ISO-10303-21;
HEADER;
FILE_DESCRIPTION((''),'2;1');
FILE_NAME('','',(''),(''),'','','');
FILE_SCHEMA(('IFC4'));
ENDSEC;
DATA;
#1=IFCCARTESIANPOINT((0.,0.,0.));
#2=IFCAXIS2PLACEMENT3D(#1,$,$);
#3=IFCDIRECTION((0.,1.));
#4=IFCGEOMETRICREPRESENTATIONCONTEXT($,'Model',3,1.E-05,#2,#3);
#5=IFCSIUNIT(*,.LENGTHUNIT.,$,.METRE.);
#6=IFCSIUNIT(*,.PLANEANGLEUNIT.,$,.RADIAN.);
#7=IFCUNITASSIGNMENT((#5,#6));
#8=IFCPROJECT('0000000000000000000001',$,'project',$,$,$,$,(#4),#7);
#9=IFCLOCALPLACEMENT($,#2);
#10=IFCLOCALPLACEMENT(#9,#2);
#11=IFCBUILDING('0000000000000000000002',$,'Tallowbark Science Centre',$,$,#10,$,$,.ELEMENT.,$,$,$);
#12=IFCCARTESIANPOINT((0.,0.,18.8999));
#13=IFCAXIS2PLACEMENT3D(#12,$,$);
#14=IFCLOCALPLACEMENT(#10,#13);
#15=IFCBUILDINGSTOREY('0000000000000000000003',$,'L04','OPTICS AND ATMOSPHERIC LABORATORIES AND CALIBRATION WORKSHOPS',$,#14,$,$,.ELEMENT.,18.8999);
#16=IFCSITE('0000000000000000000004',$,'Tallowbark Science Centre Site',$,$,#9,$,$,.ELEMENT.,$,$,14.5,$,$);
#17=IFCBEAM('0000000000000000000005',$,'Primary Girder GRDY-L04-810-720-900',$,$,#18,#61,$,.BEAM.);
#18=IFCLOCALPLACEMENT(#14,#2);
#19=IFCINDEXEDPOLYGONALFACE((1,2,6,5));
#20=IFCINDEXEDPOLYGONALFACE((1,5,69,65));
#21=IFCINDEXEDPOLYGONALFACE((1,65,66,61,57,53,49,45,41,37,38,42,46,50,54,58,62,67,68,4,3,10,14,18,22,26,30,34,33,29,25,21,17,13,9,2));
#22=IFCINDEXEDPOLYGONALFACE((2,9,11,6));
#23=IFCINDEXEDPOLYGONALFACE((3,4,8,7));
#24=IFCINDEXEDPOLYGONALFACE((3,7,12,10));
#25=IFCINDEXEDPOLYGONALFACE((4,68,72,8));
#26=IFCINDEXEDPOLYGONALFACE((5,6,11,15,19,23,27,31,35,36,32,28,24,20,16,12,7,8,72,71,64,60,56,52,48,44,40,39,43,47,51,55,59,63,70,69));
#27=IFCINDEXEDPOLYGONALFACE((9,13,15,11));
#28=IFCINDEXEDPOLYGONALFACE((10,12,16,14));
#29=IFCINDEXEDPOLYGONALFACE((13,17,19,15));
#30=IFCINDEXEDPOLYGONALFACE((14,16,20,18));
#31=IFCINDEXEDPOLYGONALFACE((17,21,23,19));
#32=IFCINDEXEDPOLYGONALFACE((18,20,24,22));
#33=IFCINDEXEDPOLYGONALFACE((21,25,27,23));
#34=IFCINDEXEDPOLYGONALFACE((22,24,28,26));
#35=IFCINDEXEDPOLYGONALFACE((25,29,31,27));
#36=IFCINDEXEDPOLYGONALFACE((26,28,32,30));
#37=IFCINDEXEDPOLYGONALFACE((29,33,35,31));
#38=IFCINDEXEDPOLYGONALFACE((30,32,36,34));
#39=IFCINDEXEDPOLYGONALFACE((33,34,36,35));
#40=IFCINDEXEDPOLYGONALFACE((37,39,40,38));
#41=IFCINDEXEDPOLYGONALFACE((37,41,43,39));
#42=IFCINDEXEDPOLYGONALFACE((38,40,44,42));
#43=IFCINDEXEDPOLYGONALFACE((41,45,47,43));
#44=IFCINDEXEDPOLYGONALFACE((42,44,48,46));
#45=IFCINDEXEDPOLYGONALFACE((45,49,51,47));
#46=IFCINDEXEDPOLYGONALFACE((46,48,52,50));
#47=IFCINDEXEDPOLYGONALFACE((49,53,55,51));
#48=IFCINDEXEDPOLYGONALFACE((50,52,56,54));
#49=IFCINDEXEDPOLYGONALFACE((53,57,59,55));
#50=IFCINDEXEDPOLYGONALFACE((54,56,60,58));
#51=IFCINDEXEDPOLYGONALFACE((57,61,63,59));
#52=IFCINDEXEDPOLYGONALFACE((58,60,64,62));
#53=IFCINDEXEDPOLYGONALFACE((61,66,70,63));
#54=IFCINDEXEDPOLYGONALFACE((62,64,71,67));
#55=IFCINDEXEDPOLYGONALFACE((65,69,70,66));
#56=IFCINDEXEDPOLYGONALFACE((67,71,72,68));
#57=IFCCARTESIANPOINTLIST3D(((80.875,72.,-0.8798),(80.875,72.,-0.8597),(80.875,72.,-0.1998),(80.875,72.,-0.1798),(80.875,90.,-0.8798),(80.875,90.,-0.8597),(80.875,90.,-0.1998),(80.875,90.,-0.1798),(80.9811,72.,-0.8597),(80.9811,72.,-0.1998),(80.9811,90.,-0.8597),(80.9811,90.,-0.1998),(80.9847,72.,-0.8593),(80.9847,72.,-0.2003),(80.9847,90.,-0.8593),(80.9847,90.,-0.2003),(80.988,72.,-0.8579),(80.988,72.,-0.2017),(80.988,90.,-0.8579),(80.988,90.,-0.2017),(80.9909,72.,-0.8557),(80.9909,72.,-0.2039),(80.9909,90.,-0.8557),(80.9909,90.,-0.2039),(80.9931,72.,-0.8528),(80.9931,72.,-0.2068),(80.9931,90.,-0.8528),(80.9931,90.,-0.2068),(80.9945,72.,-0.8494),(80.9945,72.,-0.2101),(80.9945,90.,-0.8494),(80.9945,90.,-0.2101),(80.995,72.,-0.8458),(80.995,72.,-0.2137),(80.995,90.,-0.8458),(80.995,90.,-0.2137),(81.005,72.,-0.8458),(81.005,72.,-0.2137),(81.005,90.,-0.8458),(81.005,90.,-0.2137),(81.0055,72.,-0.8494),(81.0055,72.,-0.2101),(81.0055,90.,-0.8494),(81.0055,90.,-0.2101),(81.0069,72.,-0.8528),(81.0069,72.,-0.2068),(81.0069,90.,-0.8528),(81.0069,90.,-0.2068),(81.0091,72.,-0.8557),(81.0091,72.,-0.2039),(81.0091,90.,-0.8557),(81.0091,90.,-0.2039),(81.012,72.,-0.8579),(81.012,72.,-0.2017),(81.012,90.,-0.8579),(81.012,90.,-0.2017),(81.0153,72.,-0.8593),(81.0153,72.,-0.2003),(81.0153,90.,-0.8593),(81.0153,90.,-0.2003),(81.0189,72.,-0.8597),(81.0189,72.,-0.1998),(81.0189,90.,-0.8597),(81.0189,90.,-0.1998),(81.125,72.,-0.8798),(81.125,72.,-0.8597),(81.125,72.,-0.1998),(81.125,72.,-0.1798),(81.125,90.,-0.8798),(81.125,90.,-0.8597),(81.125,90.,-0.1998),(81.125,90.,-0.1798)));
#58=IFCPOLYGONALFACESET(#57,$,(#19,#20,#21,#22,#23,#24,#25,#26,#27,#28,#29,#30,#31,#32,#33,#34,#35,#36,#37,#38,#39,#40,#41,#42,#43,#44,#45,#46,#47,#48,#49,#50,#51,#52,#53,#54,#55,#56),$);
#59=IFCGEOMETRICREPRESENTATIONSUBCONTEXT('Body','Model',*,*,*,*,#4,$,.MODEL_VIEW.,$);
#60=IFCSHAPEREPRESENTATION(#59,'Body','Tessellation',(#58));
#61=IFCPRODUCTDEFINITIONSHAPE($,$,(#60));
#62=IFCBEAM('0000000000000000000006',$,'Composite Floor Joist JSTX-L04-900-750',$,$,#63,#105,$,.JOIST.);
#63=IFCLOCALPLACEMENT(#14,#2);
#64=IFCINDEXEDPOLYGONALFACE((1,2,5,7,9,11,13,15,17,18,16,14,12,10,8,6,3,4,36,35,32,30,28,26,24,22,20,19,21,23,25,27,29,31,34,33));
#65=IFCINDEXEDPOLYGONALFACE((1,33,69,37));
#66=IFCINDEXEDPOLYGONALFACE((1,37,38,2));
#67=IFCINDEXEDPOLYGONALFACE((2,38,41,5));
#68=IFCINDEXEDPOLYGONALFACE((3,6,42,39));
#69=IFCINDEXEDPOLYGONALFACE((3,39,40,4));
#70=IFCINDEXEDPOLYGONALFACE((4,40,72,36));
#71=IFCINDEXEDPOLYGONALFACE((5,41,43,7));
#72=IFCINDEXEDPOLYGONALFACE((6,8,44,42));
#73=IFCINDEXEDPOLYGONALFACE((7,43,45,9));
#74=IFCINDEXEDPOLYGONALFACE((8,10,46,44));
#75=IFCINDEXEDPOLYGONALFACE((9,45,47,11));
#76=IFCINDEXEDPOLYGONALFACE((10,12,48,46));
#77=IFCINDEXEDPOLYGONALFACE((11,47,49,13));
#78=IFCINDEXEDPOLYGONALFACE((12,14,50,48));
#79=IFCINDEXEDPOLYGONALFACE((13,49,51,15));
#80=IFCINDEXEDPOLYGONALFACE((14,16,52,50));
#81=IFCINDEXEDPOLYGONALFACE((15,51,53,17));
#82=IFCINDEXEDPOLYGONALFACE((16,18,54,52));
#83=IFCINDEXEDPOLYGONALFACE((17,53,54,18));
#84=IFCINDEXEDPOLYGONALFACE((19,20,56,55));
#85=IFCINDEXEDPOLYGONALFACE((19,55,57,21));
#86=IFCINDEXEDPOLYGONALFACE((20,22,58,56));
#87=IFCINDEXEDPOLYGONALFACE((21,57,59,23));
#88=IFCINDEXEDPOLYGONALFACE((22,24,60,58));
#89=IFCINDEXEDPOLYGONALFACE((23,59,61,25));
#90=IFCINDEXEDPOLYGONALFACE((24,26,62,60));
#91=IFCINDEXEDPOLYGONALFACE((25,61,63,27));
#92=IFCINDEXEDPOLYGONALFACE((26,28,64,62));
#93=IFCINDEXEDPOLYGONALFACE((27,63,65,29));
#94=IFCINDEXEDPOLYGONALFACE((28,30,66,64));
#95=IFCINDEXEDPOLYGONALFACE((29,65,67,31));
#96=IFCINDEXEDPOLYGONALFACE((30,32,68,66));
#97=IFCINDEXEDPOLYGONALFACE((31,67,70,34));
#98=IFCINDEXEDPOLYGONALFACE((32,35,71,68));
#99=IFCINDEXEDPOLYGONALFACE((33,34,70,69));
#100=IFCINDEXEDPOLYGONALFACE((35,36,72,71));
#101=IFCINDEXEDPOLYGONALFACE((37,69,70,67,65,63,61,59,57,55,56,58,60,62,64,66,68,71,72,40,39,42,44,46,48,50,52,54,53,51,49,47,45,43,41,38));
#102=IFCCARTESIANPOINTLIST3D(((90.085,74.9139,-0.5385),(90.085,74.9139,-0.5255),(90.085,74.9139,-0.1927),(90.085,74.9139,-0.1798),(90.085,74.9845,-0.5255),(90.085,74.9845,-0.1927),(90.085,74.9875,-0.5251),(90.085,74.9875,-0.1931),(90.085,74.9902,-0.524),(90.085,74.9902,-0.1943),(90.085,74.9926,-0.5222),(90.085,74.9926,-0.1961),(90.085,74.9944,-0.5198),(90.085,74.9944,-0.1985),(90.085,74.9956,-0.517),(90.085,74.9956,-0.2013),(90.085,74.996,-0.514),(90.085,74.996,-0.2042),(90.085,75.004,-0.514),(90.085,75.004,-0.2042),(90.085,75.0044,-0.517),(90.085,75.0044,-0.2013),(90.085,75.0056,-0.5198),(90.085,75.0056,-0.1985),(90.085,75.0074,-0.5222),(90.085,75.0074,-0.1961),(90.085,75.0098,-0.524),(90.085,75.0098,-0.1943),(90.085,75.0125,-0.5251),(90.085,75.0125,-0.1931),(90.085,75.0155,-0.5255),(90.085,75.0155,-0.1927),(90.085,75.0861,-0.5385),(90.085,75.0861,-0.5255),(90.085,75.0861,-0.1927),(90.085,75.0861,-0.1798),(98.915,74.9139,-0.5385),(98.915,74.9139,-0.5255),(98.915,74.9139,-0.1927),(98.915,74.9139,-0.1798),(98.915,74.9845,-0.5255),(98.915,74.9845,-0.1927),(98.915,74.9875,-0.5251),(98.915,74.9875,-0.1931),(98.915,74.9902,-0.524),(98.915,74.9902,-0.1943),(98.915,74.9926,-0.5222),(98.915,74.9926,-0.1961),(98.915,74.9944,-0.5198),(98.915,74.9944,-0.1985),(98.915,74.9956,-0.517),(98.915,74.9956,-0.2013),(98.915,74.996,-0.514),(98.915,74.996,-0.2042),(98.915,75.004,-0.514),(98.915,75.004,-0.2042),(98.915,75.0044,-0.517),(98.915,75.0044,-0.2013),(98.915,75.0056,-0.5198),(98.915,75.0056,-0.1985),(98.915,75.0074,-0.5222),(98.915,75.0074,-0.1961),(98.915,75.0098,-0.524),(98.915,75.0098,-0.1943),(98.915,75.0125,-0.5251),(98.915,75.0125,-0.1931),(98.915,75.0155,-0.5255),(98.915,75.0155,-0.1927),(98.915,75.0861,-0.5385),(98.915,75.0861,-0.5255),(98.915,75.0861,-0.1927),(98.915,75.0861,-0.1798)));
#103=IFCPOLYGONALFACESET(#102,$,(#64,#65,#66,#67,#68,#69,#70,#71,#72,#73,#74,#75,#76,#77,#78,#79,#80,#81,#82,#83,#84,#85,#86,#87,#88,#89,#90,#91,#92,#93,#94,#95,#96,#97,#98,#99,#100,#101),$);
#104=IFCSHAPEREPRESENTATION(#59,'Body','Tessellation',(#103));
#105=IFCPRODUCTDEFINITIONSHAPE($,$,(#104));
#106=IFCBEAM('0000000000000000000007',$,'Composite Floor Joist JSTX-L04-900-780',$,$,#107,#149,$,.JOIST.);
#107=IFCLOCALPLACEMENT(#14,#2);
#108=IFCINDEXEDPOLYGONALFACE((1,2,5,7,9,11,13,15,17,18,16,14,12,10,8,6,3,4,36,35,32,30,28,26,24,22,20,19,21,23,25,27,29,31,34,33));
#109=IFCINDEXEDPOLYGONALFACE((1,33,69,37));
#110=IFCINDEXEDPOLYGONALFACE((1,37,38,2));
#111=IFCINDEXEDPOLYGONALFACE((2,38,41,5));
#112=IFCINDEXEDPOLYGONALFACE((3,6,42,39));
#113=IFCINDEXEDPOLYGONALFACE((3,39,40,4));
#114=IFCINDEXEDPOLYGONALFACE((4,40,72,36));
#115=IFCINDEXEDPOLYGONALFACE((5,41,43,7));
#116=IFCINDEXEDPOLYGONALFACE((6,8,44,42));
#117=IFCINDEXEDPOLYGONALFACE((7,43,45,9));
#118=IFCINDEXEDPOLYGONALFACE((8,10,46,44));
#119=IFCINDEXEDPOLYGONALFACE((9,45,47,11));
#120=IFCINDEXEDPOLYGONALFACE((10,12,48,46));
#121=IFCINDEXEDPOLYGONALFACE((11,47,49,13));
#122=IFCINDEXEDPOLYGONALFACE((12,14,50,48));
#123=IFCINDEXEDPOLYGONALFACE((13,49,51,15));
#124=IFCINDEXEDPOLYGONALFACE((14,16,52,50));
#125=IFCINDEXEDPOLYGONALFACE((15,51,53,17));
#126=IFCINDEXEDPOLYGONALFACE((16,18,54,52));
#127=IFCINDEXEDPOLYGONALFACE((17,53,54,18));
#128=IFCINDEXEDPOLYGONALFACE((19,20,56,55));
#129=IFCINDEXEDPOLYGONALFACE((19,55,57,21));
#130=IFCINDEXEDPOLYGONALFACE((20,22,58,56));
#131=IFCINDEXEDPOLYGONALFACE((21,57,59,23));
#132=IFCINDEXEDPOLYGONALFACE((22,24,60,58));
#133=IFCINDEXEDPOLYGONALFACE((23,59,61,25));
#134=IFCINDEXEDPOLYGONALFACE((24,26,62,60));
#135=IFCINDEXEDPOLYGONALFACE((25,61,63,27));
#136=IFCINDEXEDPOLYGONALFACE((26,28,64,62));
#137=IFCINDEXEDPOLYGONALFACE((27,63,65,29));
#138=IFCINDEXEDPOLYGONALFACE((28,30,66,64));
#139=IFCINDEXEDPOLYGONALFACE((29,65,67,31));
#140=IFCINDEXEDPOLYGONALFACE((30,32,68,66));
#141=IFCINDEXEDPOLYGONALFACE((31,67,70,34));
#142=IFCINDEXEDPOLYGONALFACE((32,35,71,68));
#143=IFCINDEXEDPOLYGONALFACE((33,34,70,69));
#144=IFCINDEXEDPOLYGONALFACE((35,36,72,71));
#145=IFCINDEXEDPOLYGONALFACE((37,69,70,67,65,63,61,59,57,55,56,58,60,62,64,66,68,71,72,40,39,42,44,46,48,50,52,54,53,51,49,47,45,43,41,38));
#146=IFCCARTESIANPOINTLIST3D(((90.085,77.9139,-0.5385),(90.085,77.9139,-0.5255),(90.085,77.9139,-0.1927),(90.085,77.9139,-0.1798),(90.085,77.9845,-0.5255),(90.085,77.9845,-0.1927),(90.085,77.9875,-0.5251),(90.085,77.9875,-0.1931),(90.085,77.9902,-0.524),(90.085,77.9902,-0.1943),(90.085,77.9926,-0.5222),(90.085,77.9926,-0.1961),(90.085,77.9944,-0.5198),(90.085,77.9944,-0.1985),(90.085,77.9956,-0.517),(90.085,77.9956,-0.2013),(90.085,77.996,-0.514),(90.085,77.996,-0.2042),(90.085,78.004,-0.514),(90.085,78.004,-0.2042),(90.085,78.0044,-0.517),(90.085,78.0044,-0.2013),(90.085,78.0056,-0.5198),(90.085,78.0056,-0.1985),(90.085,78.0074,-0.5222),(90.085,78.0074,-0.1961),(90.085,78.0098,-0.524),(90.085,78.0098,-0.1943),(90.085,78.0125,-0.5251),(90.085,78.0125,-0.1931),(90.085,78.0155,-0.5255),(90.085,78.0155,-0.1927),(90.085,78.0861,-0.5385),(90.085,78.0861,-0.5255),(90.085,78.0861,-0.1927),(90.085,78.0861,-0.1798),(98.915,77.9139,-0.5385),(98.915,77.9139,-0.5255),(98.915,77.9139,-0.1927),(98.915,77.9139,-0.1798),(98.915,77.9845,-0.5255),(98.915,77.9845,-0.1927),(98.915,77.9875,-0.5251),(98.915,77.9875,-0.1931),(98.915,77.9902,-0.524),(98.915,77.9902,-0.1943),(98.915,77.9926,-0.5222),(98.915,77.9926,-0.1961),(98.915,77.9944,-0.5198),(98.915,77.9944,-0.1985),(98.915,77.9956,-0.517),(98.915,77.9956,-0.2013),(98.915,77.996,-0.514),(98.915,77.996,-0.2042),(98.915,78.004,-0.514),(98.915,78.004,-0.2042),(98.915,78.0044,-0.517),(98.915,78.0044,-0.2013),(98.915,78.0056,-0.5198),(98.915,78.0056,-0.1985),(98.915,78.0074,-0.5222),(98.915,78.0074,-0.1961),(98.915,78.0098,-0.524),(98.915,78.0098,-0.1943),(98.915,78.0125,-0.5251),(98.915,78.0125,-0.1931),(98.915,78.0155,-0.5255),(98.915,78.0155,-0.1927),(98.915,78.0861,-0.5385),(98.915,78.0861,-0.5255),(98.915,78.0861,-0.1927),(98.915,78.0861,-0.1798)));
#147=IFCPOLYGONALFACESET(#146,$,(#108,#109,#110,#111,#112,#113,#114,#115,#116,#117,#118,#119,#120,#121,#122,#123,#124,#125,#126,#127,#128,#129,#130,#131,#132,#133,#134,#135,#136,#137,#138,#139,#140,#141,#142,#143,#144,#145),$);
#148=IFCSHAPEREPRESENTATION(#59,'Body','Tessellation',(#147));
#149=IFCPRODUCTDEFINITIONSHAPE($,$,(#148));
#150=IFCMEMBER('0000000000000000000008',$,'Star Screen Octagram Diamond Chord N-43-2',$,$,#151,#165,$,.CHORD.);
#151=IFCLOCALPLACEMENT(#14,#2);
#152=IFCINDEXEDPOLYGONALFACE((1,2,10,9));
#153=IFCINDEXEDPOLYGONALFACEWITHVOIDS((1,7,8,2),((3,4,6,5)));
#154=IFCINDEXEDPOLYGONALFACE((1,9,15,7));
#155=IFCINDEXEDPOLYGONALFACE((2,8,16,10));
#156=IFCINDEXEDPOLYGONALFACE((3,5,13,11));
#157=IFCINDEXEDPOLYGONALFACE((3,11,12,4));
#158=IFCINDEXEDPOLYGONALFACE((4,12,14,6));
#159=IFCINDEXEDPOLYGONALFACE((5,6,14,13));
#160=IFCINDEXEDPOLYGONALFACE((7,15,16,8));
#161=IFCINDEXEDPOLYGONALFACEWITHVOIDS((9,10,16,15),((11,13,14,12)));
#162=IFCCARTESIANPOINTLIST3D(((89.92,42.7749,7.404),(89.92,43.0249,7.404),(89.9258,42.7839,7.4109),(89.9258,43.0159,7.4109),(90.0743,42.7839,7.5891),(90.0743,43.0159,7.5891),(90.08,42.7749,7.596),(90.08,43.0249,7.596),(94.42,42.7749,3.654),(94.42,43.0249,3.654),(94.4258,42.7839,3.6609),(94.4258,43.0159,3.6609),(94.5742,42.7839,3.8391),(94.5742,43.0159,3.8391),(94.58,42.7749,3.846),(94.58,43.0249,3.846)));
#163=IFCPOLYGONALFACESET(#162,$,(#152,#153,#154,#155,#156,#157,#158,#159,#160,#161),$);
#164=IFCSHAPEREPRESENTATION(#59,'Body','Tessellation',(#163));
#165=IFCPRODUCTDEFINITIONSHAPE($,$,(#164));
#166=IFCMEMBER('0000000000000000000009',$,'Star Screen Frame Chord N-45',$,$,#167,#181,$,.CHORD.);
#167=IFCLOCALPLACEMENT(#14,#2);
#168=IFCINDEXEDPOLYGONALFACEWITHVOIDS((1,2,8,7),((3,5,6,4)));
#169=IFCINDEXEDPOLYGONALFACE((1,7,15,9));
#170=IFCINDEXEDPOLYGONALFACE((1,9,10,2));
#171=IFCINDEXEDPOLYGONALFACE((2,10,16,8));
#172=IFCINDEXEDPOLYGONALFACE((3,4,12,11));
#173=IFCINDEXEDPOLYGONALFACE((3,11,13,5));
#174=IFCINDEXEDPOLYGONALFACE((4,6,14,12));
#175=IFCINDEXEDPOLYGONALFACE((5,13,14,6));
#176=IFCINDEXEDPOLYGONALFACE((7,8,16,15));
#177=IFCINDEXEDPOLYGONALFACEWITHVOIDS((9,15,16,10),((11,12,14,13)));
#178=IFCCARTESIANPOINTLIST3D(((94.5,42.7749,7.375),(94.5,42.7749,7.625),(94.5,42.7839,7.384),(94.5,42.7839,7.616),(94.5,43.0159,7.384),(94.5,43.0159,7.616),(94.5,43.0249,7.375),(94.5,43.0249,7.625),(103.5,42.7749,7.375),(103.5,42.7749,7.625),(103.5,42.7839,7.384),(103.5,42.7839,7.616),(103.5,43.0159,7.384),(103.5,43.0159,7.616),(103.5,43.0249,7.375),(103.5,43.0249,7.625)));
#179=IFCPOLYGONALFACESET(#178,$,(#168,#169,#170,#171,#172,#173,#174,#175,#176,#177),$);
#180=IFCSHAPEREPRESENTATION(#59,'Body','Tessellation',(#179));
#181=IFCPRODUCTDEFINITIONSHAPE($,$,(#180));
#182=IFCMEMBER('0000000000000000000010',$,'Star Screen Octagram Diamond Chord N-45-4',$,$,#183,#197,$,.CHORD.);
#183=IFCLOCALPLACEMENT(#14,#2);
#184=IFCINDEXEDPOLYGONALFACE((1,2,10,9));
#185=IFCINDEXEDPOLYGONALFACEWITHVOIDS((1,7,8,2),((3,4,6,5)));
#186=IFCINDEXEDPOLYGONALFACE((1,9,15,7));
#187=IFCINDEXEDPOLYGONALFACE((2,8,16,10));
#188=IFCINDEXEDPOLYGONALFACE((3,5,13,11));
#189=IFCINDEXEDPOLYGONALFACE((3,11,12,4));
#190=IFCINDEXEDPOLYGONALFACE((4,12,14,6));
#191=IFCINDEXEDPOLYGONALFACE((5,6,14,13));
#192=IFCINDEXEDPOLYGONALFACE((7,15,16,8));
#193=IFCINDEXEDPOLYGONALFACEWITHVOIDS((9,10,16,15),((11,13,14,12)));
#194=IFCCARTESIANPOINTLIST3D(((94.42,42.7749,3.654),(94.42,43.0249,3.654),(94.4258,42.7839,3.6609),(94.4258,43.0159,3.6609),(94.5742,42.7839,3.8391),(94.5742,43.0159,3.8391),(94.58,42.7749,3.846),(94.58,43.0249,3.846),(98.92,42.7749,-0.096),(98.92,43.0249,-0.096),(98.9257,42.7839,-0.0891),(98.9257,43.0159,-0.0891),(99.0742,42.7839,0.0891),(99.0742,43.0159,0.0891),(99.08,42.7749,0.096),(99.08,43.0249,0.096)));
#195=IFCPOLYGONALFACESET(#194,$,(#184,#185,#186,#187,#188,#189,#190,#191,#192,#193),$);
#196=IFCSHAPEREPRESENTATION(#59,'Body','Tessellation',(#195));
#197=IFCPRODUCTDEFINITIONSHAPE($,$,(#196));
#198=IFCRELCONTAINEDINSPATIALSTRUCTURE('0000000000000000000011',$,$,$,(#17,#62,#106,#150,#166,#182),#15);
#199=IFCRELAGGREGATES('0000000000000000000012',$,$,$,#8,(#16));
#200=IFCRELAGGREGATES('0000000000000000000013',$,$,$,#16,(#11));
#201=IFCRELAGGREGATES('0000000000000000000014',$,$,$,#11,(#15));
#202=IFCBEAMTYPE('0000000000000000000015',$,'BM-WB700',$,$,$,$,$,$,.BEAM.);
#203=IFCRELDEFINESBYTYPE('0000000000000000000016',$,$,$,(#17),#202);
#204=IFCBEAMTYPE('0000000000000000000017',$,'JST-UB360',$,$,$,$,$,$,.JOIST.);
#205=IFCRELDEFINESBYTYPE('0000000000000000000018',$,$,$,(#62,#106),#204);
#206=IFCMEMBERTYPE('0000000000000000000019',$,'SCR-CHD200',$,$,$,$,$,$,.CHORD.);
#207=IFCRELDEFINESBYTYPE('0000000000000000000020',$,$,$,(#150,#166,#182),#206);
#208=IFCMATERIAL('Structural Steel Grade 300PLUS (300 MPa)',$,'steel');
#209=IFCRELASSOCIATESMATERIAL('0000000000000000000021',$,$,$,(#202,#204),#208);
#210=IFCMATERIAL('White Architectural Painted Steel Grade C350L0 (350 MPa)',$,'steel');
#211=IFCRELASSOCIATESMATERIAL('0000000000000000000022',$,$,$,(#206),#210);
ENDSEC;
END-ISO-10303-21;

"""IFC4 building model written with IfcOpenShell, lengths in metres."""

from ifc_helpers import new_model, si_unit, direction, frame, origin, origin_2d, place, context, subcontext, project, spatial, hollow_rectangle, i_section, extrude, material, material_profile, profile_set, type_object, element, save


model = new_model("IFC4")

# Units and contexts
model_context = context("Model", 3, precision=1e-05, world=origin(), true_north=direction((0.0, 1.0)))
body_context = subcontext(model_context, "Body", "Model", "MODEL_VIEW")
ifc_project = project(units=[si_unit("LENGTHUNIT", "METRE"), si_unit("PLANEANGLEUNIT", "RADIAN")], contexts=[model_context])

# Site, building, storey
site_placement = place(None, origin())
site = spatial("IfcSite", under=ifc_project, at=site_placement, Name="Tallowbark Science Centre Site", CompositionType="ELEMENT", RefElevation=14.5)
building_placement = place(site_placement, origin())
building = spatial("IfcBuilding", under=site, at=building_placement, Name="Tallowbark Science Centre", CompositionType="ELEMENT")
storey_placement = place(building_placement, frame((0.0, 0.0, 18.8999)))
storey = spatial("IfcBuildingStorey", under=building, at=storey_placement, Name="L04", Description="OPTICS AND ATMOSPHERIC LABORATORIES AND CALIBRATION WORKSHOPS", CompositionType="ELEMENT", Elevation=18.8999)

# Shared definitions
ifc_material_1 = material(Name="White Architectural Painted Steel Grade C350L0 (350 MPa)", Category="steel")

# Beams
ifc_material_2 = material(Name="Structural Steel Grade 300PLUS (300 MPa)", Category="steel")
ifc_material_profile_1 = material_profile(ifc_material_2, i_section(OverallWidth=0.25, OverallDepth=0.7, WebThickness=0.01, FlangeThickness=0.02, FilletRadius=0.0139, at=origin_2d()), Name="700WB130")
ifc_profile_set_1 = profile_set([ifc_material_profile_1], Name="Structural Steel Grade 300PLUS (300 MPa)")
beam_type_1 = type_object("IfcBeamType", Name="BM-WB700", PredefinedType="BEAM", material=ifc_profile_set_1)
beam_placement = place(storey_placement, frame((81.0, 72.0, -0.5298), z_axis=(0.0, 1.0, 0.0), x_axis=(-1.0, 0.0, 0.0)))
element("IfcBeam", 1, at=beam_placement, inside=storey, type_object=beam_type_1, Name="Primary Girder GRDY-L04-810-720-900", PredefinedType="BEAM", context=body_context, shape_type="SweptSolid", body=[
    extrude(i_section(OverallWidth=0.25, OverallDepth=0.7, WebThickness=0.01, FlangeThickness=0.02, FilletRadius=0.0139, at=origin_2d()), origin(), (0.0, 0.0, 1.0), 18.0),
])
ifc_material_profile_2 = material_profile(ifc_material_2, i_section(OverallWidth=0.1721, OverallDepth=0.3586, WebThickness=0.0081, FlangeThickness=0.0129, FilletRadius=0.0115, at=origin_2d()), Name="360UB56.7")
ifc_profile_set_2 = profile_set([ifc_material_profile_2], Name="Structural Steel Grade 300PLUS (300 MPa)")
beam_type_2 = type_object("IfcBeamType", Name="JST-UB360", PredefinedType="JOIST", material=ifc_profile_set_2)
for number, where, z_axis, x_axis, name in (
    (2, (90.085, 75.0, -0.3591), (1.0, 0.0, 0.0), (0.0, 1.0, 0.0), "Composite Floor Joist JSTX-L04-900-750"),
    (3, (90.085, 78.0, -0.3591), (1.0, 0.0, 0.0), (0.0, 1.0, 0.0), "Composite Floor Joist JSTX-L04-900-780"),
):
    element("IfcBeam", number, at=place(storey_placement, frame(where, z_axis=z_axis, x_axis=x_axis)), inside=storey, type_object=beam_type_2, Name=name, PredefinedType="JOIST", context=body_context, shape_type="SweptSolid", body=[
        extrude(i_section(OverallWidth=0.1721, OverallDepth=0.3586, WebThickness=0.0081, FlangeThickness=0.0129, FilletRadius=0.0115, at=origin_2d()), origin(), (0.0, 0.0, 1.0), 8.8301),
    ])

# Members
ifc_material_profile_3 = material_profile(ifc_material_1, hollow_rectangle(XDim=0.25, YDim=0.25, WallThickness=0.009, at=origin_2d()), Name="250x250x9.0SHS")
ifc_profile_set_3 = profile_set([ifc_material_profile_3], Name="White Architectural Painted Steel Grade C350L0 (350 MPa)")
member_type_1 = type_object("IfcMemberType", Name="SCR-CHD200", PredefinedType="CHORD", material=ifc_profile_set_3)
member_1_placement = place(storey_placement, frame((94.5, 42.8999, 3.75), z_axis=(-0.768221, 0.0, 0.640184), x_axis=(0.0, -1.0, 0.0)))
element("IfcMember", 4, at=member_1_placement, inside=storey, type_object=member_type_1, Name="Star Screen Octagram Diamond Chord N-43-2", PredefinedType="CHORD", context=body_context, shape_type="SweptSolid", body=[
    extrude(hollow_rectangle(XDim=0.25, YDim=0.25, WallThickness=0.009, at=origin_2d()), origin(), (0.0, 0.0, 1.0), 5.8577),
])
member_2_placement = place(storey_placement, frame((94.5, 42.8999, 7.5), z_axis=(1.0, 0.0, 0.0), x_axis=(0.0, 1.0, 0.0)))
element("IfcMember", 5, at=member_2_placement, inside=storey, type_object=member_type_1, Name="Star Screen Frame Chord N-45", PredefinedType="CHORD", context=body_context, shape_type="SweptSolid", body=[
    extrude(hollow_rectangle(XDim=0.25, YDim=0.25, WallThickness=0.009, at=origin_2d()), origin(), (0.0, 0.0, 1.0), 9.0),
])
member_3_placement = place(storey_placement, frame((94.5, 42.8999, 3.75), z_axis=(0.768221, 0.0, -0.640184), x_axis=(0.0, 1.0, 0.0)))
element("IfcMember", 6, at=member_3_placement, inside=storey, type_object=member_type_1, Name="Star Screen Octagram Diamond Chord N-45-4", PredefinedType="CHORD", context=body_context, shape_type="SweptSolid", body=[
    extrude(hollow_rectangle(XDim=0.25, YDim=0.25, WallThickness=0.009, at=origin_2d()), origin(), (0.0, 0.0, 1.0), 5.8577),
])

save(model, "model.ifc")
